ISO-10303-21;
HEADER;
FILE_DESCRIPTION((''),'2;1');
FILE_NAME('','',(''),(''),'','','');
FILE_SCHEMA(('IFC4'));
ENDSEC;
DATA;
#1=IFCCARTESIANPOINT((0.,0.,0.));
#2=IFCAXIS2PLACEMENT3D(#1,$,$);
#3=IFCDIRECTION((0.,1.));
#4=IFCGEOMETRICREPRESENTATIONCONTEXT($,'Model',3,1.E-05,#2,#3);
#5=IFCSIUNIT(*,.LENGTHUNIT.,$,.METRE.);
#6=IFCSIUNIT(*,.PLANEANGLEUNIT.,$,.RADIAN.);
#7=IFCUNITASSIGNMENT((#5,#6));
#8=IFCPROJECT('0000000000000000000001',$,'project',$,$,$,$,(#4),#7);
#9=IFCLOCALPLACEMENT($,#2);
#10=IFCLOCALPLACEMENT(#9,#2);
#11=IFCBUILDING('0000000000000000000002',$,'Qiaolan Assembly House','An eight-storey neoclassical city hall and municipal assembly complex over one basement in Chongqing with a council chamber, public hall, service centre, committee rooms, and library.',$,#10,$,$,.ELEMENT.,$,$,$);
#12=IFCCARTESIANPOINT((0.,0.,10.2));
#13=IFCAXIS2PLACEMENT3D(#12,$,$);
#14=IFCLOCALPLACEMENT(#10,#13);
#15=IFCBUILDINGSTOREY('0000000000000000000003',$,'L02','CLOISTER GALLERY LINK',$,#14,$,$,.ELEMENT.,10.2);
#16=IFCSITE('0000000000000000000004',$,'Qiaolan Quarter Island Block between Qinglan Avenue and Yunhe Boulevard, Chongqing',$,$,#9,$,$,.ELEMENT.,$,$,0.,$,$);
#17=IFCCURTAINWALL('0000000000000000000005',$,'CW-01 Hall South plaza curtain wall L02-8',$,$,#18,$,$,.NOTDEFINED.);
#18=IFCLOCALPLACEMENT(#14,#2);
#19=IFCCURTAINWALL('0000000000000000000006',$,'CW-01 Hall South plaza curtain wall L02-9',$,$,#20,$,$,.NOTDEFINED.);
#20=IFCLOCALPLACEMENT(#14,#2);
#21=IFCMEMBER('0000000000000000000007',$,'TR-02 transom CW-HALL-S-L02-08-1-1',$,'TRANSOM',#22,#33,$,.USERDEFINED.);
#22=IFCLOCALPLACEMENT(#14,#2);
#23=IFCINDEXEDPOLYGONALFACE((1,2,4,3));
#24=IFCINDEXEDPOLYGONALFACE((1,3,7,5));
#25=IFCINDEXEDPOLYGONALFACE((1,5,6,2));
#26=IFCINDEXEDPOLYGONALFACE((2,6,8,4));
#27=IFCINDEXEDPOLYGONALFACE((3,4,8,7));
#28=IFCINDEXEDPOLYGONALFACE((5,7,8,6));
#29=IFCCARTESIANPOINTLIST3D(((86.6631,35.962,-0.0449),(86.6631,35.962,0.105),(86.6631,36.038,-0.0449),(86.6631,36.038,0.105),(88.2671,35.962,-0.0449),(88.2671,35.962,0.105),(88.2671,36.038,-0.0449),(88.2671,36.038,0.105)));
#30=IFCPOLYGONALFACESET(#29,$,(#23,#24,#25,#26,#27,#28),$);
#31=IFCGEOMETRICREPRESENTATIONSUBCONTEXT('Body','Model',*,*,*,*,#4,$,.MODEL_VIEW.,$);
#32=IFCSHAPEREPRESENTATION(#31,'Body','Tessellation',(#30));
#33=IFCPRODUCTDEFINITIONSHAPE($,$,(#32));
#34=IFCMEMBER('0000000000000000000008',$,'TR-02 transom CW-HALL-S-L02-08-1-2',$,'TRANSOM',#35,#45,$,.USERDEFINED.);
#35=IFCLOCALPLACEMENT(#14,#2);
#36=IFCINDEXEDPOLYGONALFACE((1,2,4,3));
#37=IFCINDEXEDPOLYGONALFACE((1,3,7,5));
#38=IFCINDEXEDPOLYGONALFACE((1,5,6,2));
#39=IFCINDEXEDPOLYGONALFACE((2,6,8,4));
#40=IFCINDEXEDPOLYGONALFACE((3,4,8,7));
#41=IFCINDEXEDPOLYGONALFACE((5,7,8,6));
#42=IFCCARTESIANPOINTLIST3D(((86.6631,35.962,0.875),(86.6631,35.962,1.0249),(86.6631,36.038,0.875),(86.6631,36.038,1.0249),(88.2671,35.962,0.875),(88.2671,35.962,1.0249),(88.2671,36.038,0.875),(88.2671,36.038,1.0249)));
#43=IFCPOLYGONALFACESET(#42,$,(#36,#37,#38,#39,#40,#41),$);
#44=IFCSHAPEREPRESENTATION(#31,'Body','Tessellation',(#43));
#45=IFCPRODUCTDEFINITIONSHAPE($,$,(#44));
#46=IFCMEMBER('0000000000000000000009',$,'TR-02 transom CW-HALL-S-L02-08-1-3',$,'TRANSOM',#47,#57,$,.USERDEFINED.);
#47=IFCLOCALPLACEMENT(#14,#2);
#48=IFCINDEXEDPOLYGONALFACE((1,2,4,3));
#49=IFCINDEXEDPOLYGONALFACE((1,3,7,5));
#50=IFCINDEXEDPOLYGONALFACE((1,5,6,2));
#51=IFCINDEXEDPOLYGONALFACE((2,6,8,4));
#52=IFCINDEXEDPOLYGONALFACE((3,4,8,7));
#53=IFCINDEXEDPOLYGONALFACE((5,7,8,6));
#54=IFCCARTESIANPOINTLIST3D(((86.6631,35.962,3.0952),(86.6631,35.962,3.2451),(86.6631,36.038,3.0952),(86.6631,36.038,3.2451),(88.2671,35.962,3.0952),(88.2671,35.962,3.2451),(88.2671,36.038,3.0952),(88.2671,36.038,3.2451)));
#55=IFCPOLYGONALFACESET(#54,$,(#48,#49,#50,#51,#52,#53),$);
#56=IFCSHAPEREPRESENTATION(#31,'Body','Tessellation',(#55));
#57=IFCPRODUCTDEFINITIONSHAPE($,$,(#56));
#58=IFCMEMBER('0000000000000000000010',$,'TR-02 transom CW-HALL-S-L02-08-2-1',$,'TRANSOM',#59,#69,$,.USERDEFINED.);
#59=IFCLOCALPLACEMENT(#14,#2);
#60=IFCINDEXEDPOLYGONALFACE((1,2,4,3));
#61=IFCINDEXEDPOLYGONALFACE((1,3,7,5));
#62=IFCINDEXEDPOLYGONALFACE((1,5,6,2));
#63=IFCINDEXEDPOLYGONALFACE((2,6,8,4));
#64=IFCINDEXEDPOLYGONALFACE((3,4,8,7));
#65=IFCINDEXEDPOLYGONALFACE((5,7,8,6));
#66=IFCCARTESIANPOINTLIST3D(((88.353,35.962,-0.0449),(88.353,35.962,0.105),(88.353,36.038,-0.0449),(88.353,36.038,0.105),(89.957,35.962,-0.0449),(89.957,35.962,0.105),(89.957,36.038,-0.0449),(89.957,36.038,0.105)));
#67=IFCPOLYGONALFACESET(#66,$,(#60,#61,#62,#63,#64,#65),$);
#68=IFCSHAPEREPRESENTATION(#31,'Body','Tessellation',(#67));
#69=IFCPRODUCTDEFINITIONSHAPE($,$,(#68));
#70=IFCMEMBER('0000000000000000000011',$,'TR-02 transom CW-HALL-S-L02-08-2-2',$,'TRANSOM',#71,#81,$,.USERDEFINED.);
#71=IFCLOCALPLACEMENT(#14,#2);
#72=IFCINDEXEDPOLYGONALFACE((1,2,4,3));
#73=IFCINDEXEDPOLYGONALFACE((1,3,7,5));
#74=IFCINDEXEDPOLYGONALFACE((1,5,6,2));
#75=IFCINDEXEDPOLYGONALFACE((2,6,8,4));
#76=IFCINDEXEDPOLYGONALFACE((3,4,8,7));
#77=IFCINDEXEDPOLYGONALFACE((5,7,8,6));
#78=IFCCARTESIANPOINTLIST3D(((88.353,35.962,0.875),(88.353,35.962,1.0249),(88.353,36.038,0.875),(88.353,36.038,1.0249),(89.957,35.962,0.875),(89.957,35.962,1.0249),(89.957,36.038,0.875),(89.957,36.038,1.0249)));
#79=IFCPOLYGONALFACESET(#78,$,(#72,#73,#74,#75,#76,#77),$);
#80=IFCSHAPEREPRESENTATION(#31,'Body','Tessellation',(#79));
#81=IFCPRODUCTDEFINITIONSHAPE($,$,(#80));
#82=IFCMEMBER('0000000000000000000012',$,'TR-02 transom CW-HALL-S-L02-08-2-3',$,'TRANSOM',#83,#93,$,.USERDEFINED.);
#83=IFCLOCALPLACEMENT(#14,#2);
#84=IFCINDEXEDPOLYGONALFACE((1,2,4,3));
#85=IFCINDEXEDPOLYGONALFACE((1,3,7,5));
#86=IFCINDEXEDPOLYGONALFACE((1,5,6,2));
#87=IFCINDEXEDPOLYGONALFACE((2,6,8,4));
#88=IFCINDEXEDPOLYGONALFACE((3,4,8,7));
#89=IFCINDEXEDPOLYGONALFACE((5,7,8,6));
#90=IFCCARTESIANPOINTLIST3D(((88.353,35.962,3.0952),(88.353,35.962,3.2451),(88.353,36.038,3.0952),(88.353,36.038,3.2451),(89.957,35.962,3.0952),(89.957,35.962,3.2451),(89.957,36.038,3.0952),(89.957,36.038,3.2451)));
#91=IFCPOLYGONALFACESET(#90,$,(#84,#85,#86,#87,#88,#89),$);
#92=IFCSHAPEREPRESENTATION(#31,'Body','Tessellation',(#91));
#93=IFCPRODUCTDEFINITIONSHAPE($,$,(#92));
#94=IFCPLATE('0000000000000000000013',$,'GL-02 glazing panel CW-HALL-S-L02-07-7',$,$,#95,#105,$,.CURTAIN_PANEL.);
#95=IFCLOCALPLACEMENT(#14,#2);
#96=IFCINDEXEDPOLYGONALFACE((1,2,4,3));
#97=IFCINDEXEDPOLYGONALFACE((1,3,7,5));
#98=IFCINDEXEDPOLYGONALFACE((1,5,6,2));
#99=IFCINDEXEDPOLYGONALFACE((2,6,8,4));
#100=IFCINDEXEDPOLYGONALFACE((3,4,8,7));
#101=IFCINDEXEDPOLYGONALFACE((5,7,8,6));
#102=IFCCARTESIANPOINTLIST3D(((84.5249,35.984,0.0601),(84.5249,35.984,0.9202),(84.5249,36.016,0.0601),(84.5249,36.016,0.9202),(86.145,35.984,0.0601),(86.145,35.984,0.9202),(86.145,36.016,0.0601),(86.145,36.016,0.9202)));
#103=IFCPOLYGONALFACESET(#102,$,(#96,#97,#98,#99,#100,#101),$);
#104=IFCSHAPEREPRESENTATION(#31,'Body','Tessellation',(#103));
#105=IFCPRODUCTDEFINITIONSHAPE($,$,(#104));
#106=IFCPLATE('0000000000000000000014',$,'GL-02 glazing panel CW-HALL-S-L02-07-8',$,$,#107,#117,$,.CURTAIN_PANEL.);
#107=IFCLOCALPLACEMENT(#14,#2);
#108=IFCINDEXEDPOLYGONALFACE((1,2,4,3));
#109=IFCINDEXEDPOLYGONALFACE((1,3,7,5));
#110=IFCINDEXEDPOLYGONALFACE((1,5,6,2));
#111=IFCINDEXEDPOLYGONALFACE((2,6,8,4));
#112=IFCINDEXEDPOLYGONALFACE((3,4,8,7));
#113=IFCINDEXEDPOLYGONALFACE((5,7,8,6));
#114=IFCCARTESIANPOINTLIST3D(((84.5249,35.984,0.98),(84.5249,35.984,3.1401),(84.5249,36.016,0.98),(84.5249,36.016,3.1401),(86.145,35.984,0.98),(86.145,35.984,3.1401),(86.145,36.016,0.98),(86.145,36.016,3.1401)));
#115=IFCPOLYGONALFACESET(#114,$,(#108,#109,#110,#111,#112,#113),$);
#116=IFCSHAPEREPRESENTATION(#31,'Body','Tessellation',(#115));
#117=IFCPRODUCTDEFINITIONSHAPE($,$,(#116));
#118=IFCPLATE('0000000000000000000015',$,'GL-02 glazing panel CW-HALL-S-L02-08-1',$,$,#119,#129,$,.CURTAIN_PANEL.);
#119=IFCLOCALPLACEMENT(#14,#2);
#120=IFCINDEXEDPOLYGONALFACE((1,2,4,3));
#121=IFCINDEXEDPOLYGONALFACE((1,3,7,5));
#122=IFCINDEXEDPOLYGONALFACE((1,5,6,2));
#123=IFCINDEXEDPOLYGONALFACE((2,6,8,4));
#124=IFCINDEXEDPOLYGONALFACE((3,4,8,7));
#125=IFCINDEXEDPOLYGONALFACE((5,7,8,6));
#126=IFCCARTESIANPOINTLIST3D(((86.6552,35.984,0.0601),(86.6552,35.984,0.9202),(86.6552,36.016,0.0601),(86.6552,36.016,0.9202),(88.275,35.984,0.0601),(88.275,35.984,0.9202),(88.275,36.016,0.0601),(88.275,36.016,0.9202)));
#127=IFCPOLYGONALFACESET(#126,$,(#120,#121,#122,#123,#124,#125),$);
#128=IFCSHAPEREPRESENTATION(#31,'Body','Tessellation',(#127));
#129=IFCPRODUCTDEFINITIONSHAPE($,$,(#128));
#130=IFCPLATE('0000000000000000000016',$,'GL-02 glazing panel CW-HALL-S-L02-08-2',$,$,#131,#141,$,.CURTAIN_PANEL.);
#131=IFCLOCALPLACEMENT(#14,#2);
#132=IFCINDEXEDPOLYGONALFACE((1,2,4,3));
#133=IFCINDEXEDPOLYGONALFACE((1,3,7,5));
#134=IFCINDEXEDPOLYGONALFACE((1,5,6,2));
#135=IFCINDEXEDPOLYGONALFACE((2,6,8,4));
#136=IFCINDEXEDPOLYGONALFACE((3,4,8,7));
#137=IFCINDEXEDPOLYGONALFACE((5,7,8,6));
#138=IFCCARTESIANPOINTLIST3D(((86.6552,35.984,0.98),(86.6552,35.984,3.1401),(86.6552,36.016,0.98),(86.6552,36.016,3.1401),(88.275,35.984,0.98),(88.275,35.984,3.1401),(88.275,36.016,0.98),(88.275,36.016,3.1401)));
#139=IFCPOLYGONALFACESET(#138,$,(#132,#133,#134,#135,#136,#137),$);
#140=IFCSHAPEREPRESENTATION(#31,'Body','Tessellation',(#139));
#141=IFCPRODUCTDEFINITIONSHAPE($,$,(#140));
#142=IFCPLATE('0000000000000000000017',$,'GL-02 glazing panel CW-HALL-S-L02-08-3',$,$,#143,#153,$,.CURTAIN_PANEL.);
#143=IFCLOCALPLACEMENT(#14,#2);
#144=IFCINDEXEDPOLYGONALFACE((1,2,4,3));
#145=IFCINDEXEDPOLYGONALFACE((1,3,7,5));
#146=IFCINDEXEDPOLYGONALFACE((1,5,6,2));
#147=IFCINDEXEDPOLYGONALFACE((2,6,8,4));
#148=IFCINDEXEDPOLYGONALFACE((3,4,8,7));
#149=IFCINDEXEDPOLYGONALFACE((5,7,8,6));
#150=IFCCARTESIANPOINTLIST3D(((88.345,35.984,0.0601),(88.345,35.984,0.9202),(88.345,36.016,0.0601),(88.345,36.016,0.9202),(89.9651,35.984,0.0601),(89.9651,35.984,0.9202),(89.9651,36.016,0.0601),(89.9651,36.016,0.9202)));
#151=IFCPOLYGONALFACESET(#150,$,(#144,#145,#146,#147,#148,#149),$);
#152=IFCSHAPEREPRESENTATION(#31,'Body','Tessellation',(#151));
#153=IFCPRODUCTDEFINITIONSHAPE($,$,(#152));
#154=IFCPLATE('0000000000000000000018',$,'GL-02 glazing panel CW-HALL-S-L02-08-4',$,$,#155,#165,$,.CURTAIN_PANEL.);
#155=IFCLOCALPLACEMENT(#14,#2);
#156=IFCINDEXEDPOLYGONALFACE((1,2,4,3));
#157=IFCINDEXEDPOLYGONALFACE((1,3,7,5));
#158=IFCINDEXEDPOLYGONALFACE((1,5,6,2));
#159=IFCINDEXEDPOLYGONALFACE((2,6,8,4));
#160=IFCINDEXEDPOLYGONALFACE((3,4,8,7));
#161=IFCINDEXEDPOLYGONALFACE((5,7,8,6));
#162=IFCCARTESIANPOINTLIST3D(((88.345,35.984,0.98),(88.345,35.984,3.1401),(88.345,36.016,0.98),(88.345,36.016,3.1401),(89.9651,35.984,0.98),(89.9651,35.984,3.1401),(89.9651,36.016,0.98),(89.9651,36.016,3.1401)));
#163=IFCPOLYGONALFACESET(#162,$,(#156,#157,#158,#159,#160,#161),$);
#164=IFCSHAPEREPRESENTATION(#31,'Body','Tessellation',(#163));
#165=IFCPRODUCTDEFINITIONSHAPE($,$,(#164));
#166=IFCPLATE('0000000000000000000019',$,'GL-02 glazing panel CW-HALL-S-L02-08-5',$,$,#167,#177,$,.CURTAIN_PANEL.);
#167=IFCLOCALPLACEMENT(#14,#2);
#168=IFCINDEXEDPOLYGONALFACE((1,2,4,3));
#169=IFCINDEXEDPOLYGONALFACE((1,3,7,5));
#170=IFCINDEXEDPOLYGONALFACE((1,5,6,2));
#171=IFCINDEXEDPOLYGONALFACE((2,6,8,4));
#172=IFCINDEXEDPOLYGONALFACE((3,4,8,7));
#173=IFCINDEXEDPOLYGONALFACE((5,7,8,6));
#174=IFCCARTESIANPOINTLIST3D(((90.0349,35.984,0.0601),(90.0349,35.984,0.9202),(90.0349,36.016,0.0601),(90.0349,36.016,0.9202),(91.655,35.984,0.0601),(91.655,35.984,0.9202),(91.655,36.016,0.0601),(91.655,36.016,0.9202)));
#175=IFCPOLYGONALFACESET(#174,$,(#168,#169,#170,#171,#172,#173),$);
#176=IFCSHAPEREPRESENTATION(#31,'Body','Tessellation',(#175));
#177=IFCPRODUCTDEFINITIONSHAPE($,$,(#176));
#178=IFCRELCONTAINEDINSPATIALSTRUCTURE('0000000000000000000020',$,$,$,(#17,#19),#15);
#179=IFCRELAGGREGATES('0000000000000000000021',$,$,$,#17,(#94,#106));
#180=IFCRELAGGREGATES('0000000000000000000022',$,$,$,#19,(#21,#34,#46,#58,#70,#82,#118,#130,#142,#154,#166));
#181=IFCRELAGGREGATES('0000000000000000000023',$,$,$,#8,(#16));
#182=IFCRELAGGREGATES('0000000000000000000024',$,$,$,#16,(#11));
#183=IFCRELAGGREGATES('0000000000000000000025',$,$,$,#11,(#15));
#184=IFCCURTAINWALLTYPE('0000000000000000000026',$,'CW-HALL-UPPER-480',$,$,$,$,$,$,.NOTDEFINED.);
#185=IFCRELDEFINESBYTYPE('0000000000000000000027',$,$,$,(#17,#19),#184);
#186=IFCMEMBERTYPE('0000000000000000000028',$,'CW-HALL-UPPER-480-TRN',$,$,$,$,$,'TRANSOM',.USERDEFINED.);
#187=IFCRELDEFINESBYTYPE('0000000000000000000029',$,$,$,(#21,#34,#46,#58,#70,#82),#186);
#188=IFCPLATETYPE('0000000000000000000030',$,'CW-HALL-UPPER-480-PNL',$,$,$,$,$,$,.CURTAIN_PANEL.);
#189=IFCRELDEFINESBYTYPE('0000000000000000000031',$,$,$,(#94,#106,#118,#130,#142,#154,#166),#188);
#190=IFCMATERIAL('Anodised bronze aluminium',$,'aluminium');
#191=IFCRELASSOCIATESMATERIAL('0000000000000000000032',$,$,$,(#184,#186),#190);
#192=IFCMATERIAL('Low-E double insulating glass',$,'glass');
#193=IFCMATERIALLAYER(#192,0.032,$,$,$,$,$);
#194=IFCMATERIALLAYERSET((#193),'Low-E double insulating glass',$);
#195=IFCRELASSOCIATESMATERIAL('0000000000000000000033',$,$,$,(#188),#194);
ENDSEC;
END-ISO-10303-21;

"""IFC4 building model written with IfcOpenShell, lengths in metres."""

from ifc_helpers import new_model, si_unit, direction, frame, frame_2d, origin, origin_2d, place, context, subcontext, project, spatial, rectangle, extrude, material, layer, layer_set, material_profile, profile_set, type_object, element, aggregate, save


model = new_model("IFC4")

# Units and contexts
model_context = context("Model", 3, precision=1e-05, world=origin(), true_north=direction((0.0, 1.0)))
body_context = subcontext(model_context, "Body", "Model", "MODEL_VIEW")
ifc_project = project(units=[si_unit("LENGTHUNIT", "METRE"), si_unit("PLANEANGLEUNIT", "RADIAN")], contexts=[model_context])

# Site, building, storey
site_placement = place(None, origin())
site = spatial("IfcSite", under=ifc_project, at=site_placement, Name="Qiaolan Quarter Island Block between Qinglan Avenue and Yunhe Boulevard, Chongqing", CompositionType="ELEMENT", RefElevation=0.0)
building_placement = place(site_placement, origin())
building = spatial("IfcBuilding", under=site, at=building_placement, Name="Qiaolan Assembly House", Description="An eight-storey neoclassical city hall and municipal assembly complex over one basement in Chongqing with a council chamber, public hall, service centre, committee rooms, and library.", CompositionType="ELEMENT")
storey_placement = place(building_placement, frame((0.0, 0.0, 10.2)))
storey = spatial("IfcBuildingStorey", under=building, at=storey_placement, Name="L02", Description="CLOISTER GALLERY LINK", CompositionType="ELEMENT", Elevation=10.2)

# Curtain wall
ifc_material_1 = material(Name="Anodised bronze aluminium", Category="aluminium")
curtain_wall_type = type_object("IfcCurtainWallType", Name="CW-HALL-UPPER-480", PredefinedType="NOTDEFINED", material=ifc_material_1)
curtain_wall_1_placement = place(storey_placement, origin())
curtain_wall_1 = element("IfcCurtainWall", 1, at=curtain_wall_1_placement, inside=storey, type_object=curtain_wall_type, Name="CW-01 Hall South plaza curtain wall L02-8", PredefinedType="NOTDEFINED")

# Curtain wall
curtain_wall_2_placement = place(storey_placement, origin())
curtain_wall_2 = element("IfcCurtainWall", 2, at=curtain_wall_2_placement, inside=storey, type_object=curtain_wall_type, Name="CW-01 Hall South plaza curtain wall L02-9", PredefinedType="NOTDEFINED")

# Members
ifc_material_profile_1 = material_profile(ifc_material_1, rectangle(XDim=0.0759, YDim=0.1499, at=origin_2d()), Name="TRN 76x150")
ifc_profile_set_1 = profile_set([ifc_material_profile_1], Name="Anodised bronze aluminium")
member_type_1 = type_object("IfcMemberType", Name="CW-HALL-UPPER-480-TRN", ElementType="TRANSOM", PredefinedType="USERDEFINED", material=ifc_profile_set_1)
member_1_placement = place(storey_placement, frame((86.6631, 36.0, 0.03), z_axis=(1.0, 0.0, 0.0), x_axis=(0.0, 1.0, 0.0)))
member_1 = element("IfcMember", 3, at=member_1_placement, type_object=member_type_1, Name="TR-02 transom CW-HALL-S-L02-08-1-1", ObjectType="TRANSOM", PredefinedType="USERDEFINED", context=body_context, shape_type="SweptSolid", body=[
    extrude(rectangle(XDim=0.0759, YDim=0.1499, at=origin_2d()), origin(), (0.0, 0.0, 1.0), 1.604),
])
member_2_placement = place(storey_placement, frame((86.6631, 36.0, 0.95), z_axis=(1.0, 0.0, 0.0), x_axis=(0.0, 1.0, 0.0)))
member_2 = element("IfcMember", 4, at=member_2_placement, type_object=member_type_1, Name="TR-02 transom CW-HALL-S-L02-08-1-2", ObjectType="TRANSOM", PredefinedType="USERDEFINED", context=body_context, shape_type="SweptSolid", body=[
    extrude(rectangle(XDim=0.0759, YDim=0.1499, at=origin_2d()), origin(), (0.0, 0.0, 1.0), 1.604),
])
member_3_placement = place(storey_placement, frame((86.6631, 36.0, 3.1702), z_axis=(1.0, 0.0, 0.0), x_axis=(0.0, 1.0, 0.0)))
member_3 = element("IfcMember", 5, at=member_3_placement, type_object=member_type_1, Name="TR-02 transom CW-HALL-S-L02-08-1-3", ObjectType="TRANSOM", PredefinedType="USERDEFINED", context=body_context, shape_type="SweptSolid", body=[
    extrude(rectangle(XDim=0.0759, YDim=0.1499, at=origin_2d()), origin(), (0.0, 0.0, 1.0), 1.604),
])
member_4_placement = place(storey_placement, frame((88.353, 36.0, 0.03), z_axis=(1.0, 0.0, 0.0), x_axis=(0.0, 1.0, 0.0)))
member_4 = element("IfcMember", 6, at=member_4_placement, type_object=member_type_1, Name="TR-02 transom CW-HALL-S-L02-08-2-1", ObjectType="TRANSOM", PredefinedType="USERDEFINED", context=body_context, shape_type="SweptSolid", body=[
    extrude(rectangle(XDim=0.0759, YDim=0.1499, at=origin_2d()), origin(), (0.0, 0.0, 1.0), 1.604),
])
member_5_placement = place(storey_placement, frame((88.353, 36.0, 0.95), z_axis=(1.0, 0.0, 0.0), x_axis=(0.0, 1.0, 0.0)))
member_5 = element("IfcMember", 7, at=member_5_placement, type_object=member_type_1, Name="TR-02 transom CW-HALL-S-L02-08-2-2", ObjectType="TRANSOM", PredefinedType="USERDEFINED", context=body_context, shape_type="SweptSolid", body=[
    extrude(rectangle(XDim=0.0759, YDim=0.1499, at=origin_2d()), origin(), (0.0, 0.0, 1.0), 1.604),
])
member_6_placement = place(storey_placement, frame((88.353, 36.0, 3.1702), z_axis=(1.0, 0.0, 0.0), x_axis=(0.0, 1.0, 0.0)))
member_6 = element("IfcMember", 8, at=member_6_placement, type_object=member_type_1, Name="TR-02 transom CW-HALL-S-L02-08-2-3", ObjectType="TRANSOM", PredefinedType="USERDEFINED", context=body_context, shape_type="SweptSolid", body=[
    extrude(rectangle(XDim=0.0759, YDim=0.1499, at=origin_2d()), origin(), (0.0, 0.0, 1.0), 1.604),
])

# Plates
ifc_material_2 = material(Name="Low-E double insulating glass", Category="glass")
ifc_layer = layer(ifc_material_2, 0.032)
ifc_layer_set = layer_set([ifc_layer], Name="Low-E double insulating glass")
plate_type = type_object("IfcPlateType", Name="CW-HALL-UPPER-480-PNL", PredefinedType="CURTAIN_PANEL", material=ifc_layer_set)
plate_1_placement = place(storey_placement, frame((84.5249, 36.0, 0.0601), z_axis=(0.0, 0.0, 1.0), x_axis=(1.0, 0.0, 0.0)))
plate_1 = element("IfcPlate", 9, at=plate_1_placement, type_object=plate_type, Name="GL-02 glazing panel CW-HALL-S-L02-07-7", PredefinedType="CURTAIN_PANEL", context=body_context, shape_type="SweptSolid", body=[
    extrude(rectangle(XDim=1.6201, YDim=0.032, at=frame_2d((0.8101, 0.0))), origin(), (0.0, 0.0, 1.0), 0.8601),
])
plate_2_placement = place(storey_placement, frame((84.5249, 36.0, 0.98), z_axis=(0.0, 0.0, 1.0), x_axis=(1.0, 0.0, 0.0)))
plate_2 = element("IfcPlate", 10, at=plate_2_placement, type_object=plate_type, Name="GL-02 glazing panel CW-HALL-S-L02-07-8", PredefinedType="CURTAIN_PANEL", context=body_context, shape_type="SweptSolid", body=[
    extrude(rectangle(XDim=1.6201, YDim=0.032, at=frame_2d((0.8101, 0.0))), origin(), (0.0, 0.0, 1.0), 2.1602),
])
aggregate(curtain_wall_1, [plate_1, plate_2])
plate_3_placement = place(storey_placement, frame((86.655, 36.0, 0.0601), z_axis=(0.0, 0.0, 1.0), x_axis=(1.0, 0.0, 0.0)))
plate_3 = element("IfcPlate", 11, at=plate_3_placement, type_object=plate_type, Name="GL-02 glazing panel CW-HALL-S-L02-08-1", PredefinedType="CURTAIN_PANEL", context=body_context, shape_type="SweptSolid", body=[
    extrude(rectangle(XDim=1.6199, YDim=0.032, at=frame_2d((0.8101, 0.0))), origin(), (0.0, 0.0, 1.0), 0.8601),
])
plate_4_placement = place(storey_placement, frame((86.655, 36.0, 0.98), z_axis=(0.0, 0.0, 1.0), x_axis=(1.0, 0.0, 0.0)))
plate_4 = element("IfcPlate", 12, at=plate_4_placement, type_object=plate_type, Name="GL-02 glazing panel CW-HALL-S-L02-08-2", PredefinedType="CURTAIN_PANEL", context=body_context, shape_type="SweptSolid", body=[
    extrude(rectangle(XDim=1.6199, YDim=0.032, at=frame_2d((0.8101, 0.0))), origin(), (0.0, 0.0, 1.0), 2.1602),
])
plate_5_placement = place(storey_placement, frame((88.345, 36.0, 0.0601), z_axis=(0.0, 0.0, 1.0), x_axis=(1.0, 0.0, 0.0)))
plate_5 = element("IfcPlate", 13, at=plate_5_placement, type_object=plate_type, Name="GL-02 glazing panel CW-HALL-S-L02-08-3", PredefinedType="CURTAIN_PANEL", context=body_context, shape_type="SweptSolid", body=[
    extrude(rectangle(XDim=1.6201, YDim=0.032, at=frame_2d((0.8101, 0.0))), origin(), (0.0, 0.0, 1.0), 0.8601),
])
plate_6_placement = place(storey_placement, frame((88.345, 36.0, 0.98), z_axis=(0.0, 0.0, 1.0), x_axis=(1.0, 0.0, 0.0)))
plate_6 = element("IfcPlate", 14, at=plate_6_placement, type_object=plate_type, Name="GL-02 glazing panel CW-HALL-S-L02-08-4", PredefinedType="CURTAIN_PANEL", context=body_context, shape_type="SweptSolid", body=[
    extrude(rectangle(XDim=1.6201, YDim=0.032, at=frame_2d((0.8101, 0.0))), origin(), (0.0, 0.0, 1.0), 2.1602),
])
plate_7_placement = place(storey_placement, frame((90.0349, 36.0, 0.0601), z_axis=(0.0, 0.0, 1.0), x_axis=(1.0, 0.0, 0.0)))
plate_7 = element("IfcPlate", 15, at=plate_7_placement, type_object=plate_type, Name="GL-02 glazing panel CW-HALL-S-L02-08-5", PredefinedType="CURTAIN_PANEL", context=body_context, shape_type="SweptSolid", body=[
    extrude(rectangle(XDim=1.6201, YDim=0.032, at=frame_2d((0.8101, 0.0))), origin(), (0.0, 0.0, 1.0), 0.8601),
])
aggregate(curtain_wall_2, [member_1, member_2, member_3, member_4, member_5, member_6, plate_3, plate_4, plate_5, plate_6, plate_7])

save(model, "model.ifc")
